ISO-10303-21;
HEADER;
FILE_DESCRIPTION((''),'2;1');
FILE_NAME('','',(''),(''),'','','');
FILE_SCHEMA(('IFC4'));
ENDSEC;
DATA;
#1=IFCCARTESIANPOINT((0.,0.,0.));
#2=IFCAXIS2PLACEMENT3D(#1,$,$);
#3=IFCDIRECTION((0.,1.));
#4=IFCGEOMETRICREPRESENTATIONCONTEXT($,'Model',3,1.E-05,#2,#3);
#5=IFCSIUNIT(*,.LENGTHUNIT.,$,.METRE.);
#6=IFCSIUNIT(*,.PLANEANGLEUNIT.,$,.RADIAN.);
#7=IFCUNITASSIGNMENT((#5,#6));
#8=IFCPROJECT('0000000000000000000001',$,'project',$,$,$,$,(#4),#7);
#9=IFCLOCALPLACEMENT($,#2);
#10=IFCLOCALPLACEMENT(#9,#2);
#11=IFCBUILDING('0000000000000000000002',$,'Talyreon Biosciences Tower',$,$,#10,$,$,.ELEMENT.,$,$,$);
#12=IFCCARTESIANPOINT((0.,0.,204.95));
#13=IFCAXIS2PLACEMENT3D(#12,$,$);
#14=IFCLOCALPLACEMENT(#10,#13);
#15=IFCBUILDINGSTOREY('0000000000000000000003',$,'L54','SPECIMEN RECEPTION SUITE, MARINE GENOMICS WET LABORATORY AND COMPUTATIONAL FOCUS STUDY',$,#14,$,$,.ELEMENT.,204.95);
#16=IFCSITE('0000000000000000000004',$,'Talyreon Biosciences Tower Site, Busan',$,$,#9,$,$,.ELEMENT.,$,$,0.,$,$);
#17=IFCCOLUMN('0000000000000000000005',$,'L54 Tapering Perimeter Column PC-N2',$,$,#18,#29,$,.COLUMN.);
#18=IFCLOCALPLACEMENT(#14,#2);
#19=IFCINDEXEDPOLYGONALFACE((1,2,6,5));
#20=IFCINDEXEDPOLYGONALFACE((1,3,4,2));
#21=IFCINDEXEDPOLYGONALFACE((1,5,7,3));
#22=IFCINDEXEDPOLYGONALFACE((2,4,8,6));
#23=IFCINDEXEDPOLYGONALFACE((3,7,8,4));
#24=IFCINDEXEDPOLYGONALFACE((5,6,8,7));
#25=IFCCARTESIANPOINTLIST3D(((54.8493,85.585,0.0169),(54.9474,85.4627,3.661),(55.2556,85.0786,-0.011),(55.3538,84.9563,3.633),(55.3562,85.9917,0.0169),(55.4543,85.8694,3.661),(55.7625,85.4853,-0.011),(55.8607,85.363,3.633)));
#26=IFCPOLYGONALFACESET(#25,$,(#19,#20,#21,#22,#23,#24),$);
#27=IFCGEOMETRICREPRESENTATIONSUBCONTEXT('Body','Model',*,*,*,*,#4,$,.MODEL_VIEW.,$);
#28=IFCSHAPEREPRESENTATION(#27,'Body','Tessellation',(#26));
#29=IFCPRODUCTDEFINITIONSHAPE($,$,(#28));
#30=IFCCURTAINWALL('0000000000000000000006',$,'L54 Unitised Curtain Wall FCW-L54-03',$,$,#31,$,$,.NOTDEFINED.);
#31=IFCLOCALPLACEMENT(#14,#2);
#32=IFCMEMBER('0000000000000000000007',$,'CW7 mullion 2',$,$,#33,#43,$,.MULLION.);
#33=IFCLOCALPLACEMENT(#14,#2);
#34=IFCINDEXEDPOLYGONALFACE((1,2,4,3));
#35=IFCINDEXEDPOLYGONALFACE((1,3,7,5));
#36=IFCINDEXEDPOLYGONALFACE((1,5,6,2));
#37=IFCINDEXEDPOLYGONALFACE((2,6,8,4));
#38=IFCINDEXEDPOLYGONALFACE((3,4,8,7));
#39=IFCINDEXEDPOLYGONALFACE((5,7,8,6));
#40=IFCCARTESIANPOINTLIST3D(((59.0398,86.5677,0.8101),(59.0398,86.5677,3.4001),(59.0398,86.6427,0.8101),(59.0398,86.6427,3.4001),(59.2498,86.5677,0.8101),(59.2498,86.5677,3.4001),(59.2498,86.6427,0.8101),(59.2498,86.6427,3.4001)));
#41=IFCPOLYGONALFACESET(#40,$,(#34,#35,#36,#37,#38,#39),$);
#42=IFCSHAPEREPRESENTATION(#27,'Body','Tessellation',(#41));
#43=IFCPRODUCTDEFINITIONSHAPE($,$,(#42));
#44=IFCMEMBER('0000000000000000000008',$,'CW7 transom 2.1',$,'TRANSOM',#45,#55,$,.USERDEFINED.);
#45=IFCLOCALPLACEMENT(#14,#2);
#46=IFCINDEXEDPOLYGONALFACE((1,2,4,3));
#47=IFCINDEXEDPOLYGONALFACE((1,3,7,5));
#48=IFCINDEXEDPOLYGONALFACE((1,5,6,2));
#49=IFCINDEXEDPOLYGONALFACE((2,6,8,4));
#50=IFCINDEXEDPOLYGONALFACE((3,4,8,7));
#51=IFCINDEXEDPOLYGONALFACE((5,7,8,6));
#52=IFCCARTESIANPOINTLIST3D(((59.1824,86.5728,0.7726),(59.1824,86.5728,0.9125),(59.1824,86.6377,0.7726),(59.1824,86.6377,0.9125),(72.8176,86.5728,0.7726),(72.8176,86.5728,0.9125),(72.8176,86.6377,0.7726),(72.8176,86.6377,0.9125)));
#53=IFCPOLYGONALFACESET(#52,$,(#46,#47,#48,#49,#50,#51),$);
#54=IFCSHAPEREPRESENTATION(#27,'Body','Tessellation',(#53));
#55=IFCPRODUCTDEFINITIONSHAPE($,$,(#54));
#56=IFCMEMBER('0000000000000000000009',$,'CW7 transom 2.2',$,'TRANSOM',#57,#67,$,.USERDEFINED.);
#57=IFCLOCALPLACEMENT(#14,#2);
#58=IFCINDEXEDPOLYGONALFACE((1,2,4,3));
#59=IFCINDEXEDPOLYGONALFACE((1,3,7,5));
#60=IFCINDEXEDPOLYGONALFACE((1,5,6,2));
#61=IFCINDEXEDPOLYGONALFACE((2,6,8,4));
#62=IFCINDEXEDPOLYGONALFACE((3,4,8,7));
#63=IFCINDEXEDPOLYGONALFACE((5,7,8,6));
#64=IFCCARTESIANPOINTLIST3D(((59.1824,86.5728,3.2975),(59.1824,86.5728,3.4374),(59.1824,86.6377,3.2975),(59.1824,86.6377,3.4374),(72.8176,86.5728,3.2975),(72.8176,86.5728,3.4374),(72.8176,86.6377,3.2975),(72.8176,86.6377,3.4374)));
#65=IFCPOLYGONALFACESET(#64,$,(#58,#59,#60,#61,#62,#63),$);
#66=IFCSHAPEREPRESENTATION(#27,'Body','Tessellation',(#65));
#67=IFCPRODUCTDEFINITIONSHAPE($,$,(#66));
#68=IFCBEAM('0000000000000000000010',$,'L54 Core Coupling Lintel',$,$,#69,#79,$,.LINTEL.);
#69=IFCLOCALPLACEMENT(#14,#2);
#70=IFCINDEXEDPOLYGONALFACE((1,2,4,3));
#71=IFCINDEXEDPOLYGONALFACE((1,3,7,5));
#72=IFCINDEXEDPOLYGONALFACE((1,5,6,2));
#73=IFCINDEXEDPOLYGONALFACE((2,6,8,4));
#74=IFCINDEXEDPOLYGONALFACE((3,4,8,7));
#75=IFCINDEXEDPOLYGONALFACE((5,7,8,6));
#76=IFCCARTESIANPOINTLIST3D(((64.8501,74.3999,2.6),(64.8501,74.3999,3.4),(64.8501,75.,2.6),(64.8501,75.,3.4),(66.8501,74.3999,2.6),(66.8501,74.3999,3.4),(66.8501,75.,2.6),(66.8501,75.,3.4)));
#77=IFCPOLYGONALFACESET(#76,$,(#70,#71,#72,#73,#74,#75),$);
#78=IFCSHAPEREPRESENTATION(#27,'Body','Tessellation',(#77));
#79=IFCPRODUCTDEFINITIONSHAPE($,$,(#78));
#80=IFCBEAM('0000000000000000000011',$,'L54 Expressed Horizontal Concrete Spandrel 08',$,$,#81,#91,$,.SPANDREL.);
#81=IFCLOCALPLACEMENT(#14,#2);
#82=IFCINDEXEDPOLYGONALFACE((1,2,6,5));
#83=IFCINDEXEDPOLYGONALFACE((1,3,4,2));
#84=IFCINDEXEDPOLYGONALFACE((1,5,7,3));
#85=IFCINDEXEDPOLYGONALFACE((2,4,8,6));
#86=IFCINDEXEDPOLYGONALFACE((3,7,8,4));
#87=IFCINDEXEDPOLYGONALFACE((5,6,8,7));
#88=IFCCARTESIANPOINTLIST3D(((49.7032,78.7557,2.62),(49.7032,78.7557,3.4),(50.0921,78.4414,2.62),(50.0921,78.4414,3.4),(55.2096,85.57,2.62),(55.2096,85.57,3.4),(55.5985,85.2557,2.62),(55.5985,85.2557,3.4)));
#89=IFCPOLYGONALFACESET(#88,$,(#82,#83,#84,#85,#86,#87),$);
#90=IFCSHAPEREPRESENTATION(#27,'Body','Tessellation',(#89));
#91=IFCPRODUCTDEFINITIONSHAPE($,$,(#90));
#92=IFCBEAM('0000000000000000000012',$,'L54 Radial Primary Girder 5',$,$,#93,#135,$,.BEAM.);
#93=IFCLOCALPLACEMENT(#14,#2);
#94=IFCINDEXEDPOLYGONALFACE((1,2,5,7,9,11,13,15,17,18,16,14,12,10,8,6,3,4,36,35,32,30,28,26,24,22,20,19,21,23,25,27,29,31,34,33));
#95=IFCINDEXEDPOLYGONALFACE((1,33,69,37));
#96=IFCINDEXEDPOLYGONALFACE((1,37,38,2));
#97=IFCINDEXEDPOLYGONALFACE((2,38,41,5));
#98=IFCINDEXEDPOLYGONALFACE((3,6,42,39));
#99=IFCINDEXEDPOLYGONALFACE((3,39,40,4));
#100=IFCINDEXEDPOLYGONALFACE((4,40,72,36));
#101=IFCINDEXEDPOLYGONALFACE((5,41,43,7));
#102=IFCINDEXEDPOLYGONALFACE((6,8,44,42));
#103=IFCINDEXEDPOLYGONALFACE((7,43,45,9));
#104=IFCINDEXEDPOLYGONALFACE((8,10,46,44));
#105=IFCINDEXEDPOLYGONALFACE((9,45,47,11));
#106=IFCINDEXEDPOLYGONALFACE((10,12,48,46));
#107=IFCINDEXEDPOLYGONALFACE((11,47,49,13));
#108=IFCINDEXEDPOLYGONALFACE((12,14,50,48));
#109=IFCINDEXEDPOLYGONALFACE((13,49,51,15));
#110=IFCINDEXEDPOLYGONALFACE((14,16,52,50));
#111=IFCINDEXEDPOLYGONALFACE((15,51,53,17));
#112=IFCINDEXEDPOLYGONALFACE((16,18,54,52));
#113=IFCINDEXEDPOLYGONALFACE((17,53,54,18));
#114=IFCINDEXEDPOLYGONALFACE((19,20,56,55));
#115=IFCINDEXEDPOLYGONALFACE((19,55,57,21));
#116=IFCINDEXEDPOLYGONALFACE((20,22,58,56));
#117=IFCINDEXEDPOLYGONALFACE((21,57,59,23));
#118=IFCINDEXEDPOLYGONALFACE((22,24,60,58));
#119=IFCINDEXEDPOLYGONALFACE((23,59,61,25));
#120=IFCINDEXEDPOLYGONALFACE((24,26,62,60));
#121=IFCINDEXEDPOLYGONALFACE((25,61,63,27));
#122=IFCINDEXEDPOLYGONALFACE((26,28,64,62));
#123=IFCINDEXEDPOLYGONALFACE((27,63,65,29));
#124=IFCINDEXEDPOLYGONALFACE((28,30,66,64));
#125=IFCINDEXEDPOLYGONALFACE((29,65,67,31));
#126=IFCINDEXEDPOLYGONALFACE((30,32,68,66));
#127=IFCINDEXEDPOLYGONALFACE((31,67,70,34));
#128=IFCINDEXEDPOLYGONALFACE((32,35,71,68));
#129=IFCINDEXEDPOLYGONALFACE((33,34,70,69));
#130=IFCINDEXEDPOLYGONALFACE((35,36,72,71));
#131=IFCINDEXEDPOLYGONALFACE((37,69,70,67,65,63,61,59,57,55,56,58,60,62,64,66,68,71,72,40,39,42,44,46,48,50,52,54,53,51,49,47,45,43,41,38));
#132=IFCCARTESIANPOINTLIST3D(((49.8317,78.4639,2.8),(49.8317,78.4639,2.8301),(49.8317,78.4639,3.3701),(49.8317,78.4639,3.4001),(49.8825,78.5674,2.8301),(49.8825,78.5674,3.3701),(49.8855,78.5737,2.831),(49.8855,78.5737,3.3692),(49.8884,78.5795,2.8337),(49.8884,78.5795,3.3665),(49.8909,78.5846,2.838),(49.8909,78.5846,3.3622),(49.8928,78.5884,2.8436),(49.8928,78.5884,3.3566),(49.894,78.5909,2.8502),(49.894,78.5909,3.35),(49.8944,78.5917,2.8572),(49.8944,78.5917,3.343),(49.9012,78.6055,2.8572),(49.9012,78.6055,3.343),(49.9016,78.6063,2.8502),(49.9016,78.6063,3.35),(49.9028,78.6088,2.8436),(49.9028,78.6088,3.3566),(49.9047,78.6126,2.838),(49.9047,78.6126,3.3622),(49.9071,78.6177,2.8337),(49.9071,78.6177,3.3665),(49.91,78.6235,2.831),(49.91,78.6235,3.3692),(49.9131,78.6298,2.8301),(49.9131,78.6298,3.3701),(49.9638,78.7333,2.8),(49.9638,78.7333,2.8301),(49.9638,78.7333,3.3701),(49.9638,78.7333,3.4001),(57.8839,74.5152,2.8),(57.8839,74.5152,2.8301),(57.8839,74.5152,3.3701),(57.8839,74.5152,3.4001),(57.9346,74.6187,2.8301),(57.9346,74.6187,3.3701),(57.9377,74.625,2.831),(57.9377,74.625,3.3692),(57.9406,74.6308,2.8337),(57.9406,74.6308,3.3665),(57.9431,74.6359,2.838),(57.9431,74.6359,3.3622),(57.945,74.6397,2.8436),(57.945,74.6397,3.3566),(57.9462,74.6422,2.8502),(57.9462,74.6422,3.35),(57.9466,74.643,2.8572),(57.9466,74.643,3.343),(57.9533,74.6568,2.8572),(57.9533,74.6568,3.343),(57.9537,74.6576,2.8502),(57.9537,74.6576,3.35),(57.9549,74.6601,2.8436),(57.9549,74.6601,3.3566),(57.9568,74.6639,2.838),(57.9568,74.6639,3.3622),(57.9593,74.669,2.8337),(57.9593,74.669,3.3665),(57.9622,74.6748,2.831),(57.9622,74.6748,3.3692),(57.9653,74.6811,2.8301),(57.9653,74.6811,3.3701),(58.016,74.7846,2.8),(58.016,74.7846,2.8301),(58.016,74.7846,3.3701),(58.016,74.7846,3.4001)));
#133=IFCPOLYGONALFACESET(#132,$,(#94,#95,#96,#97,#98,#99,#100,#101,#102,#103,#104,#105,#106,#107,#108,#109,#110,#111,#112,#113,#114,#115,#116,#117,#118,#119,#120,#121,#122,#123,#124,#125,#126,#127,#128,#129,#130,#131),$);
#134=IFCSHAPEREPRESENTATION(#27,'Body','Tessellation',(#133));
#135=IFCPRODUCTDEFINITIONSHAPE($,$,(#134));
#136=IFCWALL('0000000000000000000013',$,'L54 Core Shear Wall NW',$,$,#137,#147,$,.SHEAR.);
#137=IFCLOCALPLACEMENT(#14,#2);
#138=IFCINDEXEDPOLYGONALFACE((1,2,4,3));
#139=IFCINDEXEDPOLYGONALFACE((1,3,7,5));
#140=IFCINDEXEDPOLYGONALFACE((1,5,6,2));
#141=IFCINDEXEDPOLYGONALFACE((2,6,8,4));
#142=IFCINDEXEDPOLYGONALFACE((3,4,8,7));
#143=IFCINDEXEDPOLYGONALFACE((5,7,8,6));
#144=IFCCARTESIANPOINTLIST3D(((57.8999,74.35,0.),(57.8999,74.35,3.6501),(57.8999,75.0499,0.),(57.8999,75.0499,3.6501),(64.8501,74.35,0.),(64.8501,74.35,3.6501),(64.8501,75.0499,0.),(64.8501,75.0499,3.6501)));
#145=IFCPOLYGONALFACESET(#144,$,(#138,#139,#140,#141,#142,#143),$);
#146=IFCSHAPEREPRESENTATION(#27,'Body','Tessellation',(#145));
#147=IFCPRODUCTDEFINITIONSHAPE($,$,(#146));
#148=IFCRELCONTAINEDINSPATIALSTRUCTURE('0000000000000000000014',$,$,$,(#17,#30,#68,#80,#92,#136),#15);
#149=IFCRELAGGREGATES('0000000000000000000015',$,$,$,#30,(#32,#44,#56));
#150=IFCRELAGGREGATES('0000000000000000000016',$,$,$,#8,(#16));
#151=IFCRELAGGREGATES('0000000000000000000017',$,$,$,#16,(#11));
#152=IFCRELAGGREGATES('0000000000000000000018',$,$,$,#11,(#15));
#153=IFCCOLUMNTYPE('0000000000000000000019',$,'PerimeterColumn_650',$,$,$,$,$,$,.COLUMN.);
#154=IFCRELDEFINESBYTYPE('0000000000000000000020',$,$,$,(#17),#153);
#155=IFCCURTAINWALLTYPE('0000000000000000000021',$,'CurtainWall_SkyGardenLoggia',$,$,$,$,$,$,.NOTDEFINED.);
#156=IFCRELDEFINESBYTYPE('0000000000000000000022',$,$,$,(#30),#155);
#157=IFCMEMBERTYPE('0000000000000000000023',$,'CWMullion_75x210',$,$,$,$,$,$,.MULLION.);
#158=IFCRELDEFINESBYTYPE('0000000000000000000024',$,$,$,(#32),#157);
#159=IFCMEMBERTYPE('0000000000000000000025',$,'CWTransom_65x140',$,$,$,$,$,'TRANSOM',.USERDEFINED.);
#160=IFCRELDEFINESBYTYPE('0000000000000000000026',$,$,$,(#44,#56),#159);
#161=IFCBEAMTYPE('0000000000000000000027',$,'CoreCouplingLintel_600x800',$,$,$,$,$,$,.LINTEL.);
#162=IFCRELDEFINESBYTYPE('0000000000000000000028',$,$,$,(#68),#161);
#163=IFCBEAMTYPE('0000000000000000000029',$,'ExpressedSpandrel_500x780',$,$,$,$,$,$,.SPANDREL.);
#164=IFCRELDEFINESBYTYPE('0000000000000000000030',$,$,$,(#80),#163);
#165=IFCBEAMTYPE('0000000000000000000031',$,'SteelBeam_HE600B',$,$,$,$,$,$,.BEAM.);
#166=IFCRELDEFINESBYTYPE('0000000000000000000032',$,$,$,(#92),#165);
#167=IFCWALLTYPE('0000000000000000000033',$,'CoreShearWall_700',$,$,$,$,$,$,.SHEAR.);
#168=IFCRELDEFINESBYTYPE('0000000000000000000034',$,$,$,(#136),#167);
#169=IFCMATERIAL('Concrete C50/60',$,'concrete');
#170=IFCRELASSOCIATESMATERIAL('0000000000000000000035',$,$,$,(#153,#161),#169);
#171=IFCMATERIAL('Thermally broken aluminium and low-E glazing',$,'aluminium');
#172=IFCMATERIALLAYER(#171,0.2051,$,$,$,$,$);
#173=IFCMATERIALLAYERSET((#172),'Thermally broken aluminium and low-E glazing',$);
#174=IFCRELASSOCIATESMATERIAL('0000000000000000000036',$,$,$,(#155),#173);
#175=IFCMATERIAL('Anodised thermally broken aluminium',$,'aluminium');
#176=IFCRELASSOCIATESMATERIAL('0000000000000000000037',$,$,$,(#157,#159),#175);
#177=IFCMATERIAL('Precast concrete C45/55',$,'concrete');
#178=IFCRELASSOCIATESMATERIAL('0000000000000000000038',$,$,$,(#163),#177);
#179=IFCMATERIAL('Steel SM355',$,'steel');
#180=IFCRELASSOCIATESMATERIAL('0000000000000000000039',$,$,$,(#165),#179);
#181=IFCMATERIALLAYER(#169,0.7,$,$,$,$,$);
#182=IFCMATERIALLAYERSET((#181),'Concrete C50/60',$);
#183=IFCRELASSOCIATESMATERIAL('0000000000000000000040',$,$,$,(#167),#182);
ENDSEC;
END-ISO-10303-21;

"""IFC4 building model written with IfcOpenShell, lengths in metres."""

from ifc_helpers import new_model, si_unit, direction, frame, frame_2d, origin, origin_2d, place, context, subcontext, project, spatial, rectangle, i_section, extrude, material, layer, layer_set, material_profile, profile_set, type_object, element, aggregate, save


model = new_model("IFC4")

# Units and contexts
model_context = context("Model", 3, precision=1e-05, world=origin(), true_north=direction((0.0, 1.0)))
body_context = subcontext(model_context, "Body", "Model", "MODEL_VIEW")
ifc_project = project(units=[si_unit("LENGTHUNIT", "METRE"), si_unit("PLANEANGLEUNIT", "RADIAN")], contexts=[model_context])

# Site, building, storey
site_placement = place(None, origin())
site = spatial("IfcSite", under=ifc_project, at=site_placement, Name="Talyreon Biosciences Tower Site, Busan", CompositionType="ELEMENT", RefElevation=0.0)
building_placement = place(site_placement, origin())
building = spatial("IfcBuilding", under=site, at=building_placement, Name="Talyreon Biosciences Tower", CompositionType="ELEMENT")
storey_placement = place(building_placement, frame((0.0, 0.0, 204.95)))
storey = spatial("IfcBuildingStorey", under=building, at=storey_placement, Name="L54", Description="SPECIMEN RECEPTION SUITE, MARINE GENOMICS WET LABORATORY AND COMPUTATIONAL FOCUS STUDY", CompositionType="ELEMENT", Elevation=204.95)

# Column
ifc_material_1 = material(Name="Concrete C50/60", Category="concrete")
ifc_material_profile_1 = material_profile(ifc_material_1, rectangle(XDim=0.6499, YDim=0.6499, at=origin_2d()), Name="RC 650x650")
ifc_profile_set_1 = profile_set([ifc_material_profile_1], Name="Concrete C50/60")
column_type = type_object("IfcColumnType", Name="PerimeterColumn_650", PredefinedType="COLUMN", material=ifc_profile_set_1)
column_placement = place(storey_placement, frame((55.3059, 85.5352, 0.0029), z_axis=(0.026908, -0.033535, 0.999075), x_axis=(-0.779957, -0.625834, 0.0)))
element("IfcColumn", 1, at=column_placement, inside=storey, type_object=column_type, Name="L54 Tapering Perimeter Column PC-N2", PredefinedType="COLUMN", context=body_context, shape_type="SweptSolid", body=[
    extrude(rectangle(XDim=0.6499, YDim=0.6499, at=origin_2d()), origin(), (0.0, 0.0, 1.0), 3.6475),
])

# Curtain wall, members
ifc_material_2 = material(Name="Thermally broken aluminium and low-E glazing", Category="aluminium")
ifc_layer_1 = layer(ifc_material_2, 0.2051)
ifc_layer_set_1 = layer_set([ifc_layer_1], Name="Thermally broken aluminium and low-E glazing")
curtain_wall_type = type_object("IfcCurtainWallType", Name="CurtainWall_SkyGardenLoggia", PredefinedType="NOTDEFINED", material=ifc_layer_set_1)
curtain_wall_placement = place(storey_placement, origin())
curtain_wall = element("IfcCurtainWall", 2, at=curtain_wall_placement, inside=storey, type_object=curtain_wall_type, Name="L54 Unitised Curtain Wall FCW-L54-03", PredefinedType="NOTDEFINED")
ifc_material_3 = material(Name="Anodised thermally broken aluminium", Category="aluminium")
ifc_material_profile_2 = material_profile(ifc_material_3, rectangle(XDim=0.075, YDim=0.21, at=origin_2d()), Name="ALUM MULLION 75x210")
ifc_profile_set_2 = profile_set([ifc_material_profile_2], Name="Anodised thermally broken aluminium")
member_type_1 = type_object("IfcMemberType", Name="CWMullion_75x210", PredefinedType="MULLION", material=ifc_profile_set_2)
member_1_placement = place(storey_placement, frame((59.1448, 86.6052, 0.8101), z_axis=(0.0, 0.0, 1.0), x_axis=(0.0, 1.0, 0.0)))
member_1 = element("IfcMember", 3, at=member_1_placement, type_object=member_type_1, Name="CW7 mullion 2", PredefinedType="MULLION", context=body_context, shape_type="SweptSolid", body=[
    extrude(rectangle(XDim=0.075, YDim=0.21, at=origin_2d()), origin(), (0.0, 0.0, 1.0), 2.5901),
])
ifc_material_profile_3 = material_profile(ifc_material_3, rectangle(XDim=0.0649, YDim=0.1399, at=origin_2d()), Name="ALUM TRANSOM 65x140")
ifc_profile_set_3 = profile_set([ifc_material_profile_3], Name="Anodised thermally broken aluminium")
member_type_2 = type_object("IfcMemberType", Name="CWTransom_65x140", ElementType="TRANSOM", PredefinedType="USERDEFINED", material=ifc_profile_set_3)
member_2_placement = place(storey_placement, frame((59.1824, 86.6052, 0.8425), z_axis=(1.0, 0.0, 0.0), x_axis=(0.0, 1.0, 0.0)))
member_2 = element("IfcMember", 4, at=member_2_placement, type_object=member_type_2, Name="CW7 transom 2.1", ObjectType="TRANSOM", PredefinedType="USERDEFINED", context=body_context, shape_type="SweptSolid", body=[
    extrude(rectangle(XDim=0.0649, YDim=0.1399, at=origin_2d()), origin(), (0.0, 0.0, 1.0), 13.6353),
])
member_3_placement = place(storey_placement, frame((59.1824, 86.6052, 3.3674), z_axis=(1.0, 0.0, 0.0), x_axis=(0.0, 1.0, 0.0)))
member_3 = element("IfcMember", 5, at=member_3_placement, type_object=member_type_2, Name="CW7 transom 2.2", ObjectType="TRANSOM", PredefinedType="USERDEFINED", context=body_context, shape_type="SweptSolid", body=[
    extrude(rectangle(XDim=0.0649, YDim=0.1399, at=origin_2d()), origin(), (0.0, 0.0, 1.0), 13.6353),
])
aggregate(curtain_wall, [member_1, member_2, member_3])

# Beams
ifc_material_profile_4 = material_profile(ifc_material_1, rectangle(XDim=0.6001, YDim=0.8, at=origin_2d()), Name="RCB 600x800")
ifc_profile_set_4 = profile_set([ifc_material_profile_4], Name="Concrete C50/60")
beam_type_1 = type_object("IfcBeamType", Name="CoreCouplingLintel_600x800", PredefinedType="LINTEL", material=ifc_profile_set_4)
beam_1_placement = place(storey_placement, frame((64.8501, 74.7, 3.0), z_axis=(1.0, 0.0, 0.0), x_axis=(0.0, 1.0, 0.0)))
element("IfcBeam", 6, at=beam_1_placement, inside=storey, type_object=beam_type_1, Name="L54 Core Coupling Lintel", PredefinedType="LINTEL", context=body_context, shape_type="SweptSolid", body=[
    extrude(rectangle(XDim=0.6001, YDim=0.8, at=origin_2d()), origin(), (0.0, 0.0, 1.0), 2.0),
])
ifc_material_4 = material(Name="Precast concrete C45/55", Category="concrete")
ifc_material_profile_5 = material_profile(ifc_material_4, rectangle(XDim=0.5, YDim=0.78, at=origin_2d()), Name="RCB 500x780")
ifc_profile_set_5 = profile_set([ifc_material_profile_5], Name="Precast concrete C45/55")
beam_type_2 = type_object("IfcBeamType", Name="ExpressedSpandrel_500x780", PredefinedType="SPANDREL", material=ifc_profile_set_5)
beam_2_placement = place(storey_placement, frame((55.4041, 85.4128, 3.01), z_axis=(-0.628514, -0.777798, 0.0), x_axis=(0.777798, -0.628514, 0.0)))
element("IfcBeam", 7, at=beam_2_placement, inside=storey, type_object=beam_type_2, Name="L54 Expressed Horizontal Concrete Spandrel 08", PredefinedType="SPANDREL", context=body_context, shape_type="SweptSolid", body=[
    extrude(rectangle(XDim=0.5, YDim=0.78, at=origin_2d()), origin(), (0.0, 0.0, 1.0), 8.761),
])
ifc_material_5 = material(Name="Steel SM355", Category="steel")
ifc_material_profile_6 = material_profile(ifc_material_5, i_section(OverallWidth=0.3, OverallDepth=0.6001, WebThickness=0.0154, FlangeThickness=0.03, FilletRadius=0.0271, at=origin_2d()), Name="HE600B")
ifc_profile_set_6 = profile_set([ifc_material_profile_6], Name="Steel SM355")
beam_type_3 = type_object("IfcBeamType", Name="SteelBeam_HE600B", PredefinedType="BEAM", material=ifc_profile_set_6)
beam_3_placement = place(storey_placement, frame((57.95, 74.6499, 3.1001), z_axis=(-0.897852, 0.440297, 0.0), x_axis=(-0.440297, -0.897852, 0.0)))
element("IfcBeam", 8, at=beam_3_placement, inside=storey, type_object=beam_type_3, Name="L54 Radial Primary Girder 5", PredefinedType="BEAM", context=body_context, shape_type="SweptSolid", body=[
    extrude(i_section(OverallWidth=0.3, OverallDepth=0.6001, WebThickness=0.0154, FlangeThickness=0.03, FilletRadius=0.0271, at=origin_2d()), origin(), (0.0, 0.0, 1.0), 8.9683),
])

# Wall
ifc_layer_2 = layer(ifc_material_1, 0.7)
ifc_layer_set_2 = layer_set([ifc_layer_2], Name="Concrete C50/60")
wall_type_1 = type_object("IfcWallType", Name="CoreShearWall_700", PredefinedType="SHEAR", material=ifc_layer_set_2)
wall_1_placement = place(storey_placement, frame((64.8501, 74.7, 0.0), z_axis=(0.0, 0.0, 1.0), x_axis=(-1.0, 0.0, 0.0)))
element("IfcWall", 9, at=wall_1_placement, inside=storey, type_object=wall_type_1, Name="L54 Core Shear Wall NW", PredefinedType="SHEAR", context=body_context, shape_type="SweptSolid", body=[
    extrude(rectangle(XDim=6.9502, YDim=0.7, at=frame_2d((3.4751, 0.0))), origin(), (0.0, 0.0, 1.0), 3.6501),
])

save(model, "model.ifc")
